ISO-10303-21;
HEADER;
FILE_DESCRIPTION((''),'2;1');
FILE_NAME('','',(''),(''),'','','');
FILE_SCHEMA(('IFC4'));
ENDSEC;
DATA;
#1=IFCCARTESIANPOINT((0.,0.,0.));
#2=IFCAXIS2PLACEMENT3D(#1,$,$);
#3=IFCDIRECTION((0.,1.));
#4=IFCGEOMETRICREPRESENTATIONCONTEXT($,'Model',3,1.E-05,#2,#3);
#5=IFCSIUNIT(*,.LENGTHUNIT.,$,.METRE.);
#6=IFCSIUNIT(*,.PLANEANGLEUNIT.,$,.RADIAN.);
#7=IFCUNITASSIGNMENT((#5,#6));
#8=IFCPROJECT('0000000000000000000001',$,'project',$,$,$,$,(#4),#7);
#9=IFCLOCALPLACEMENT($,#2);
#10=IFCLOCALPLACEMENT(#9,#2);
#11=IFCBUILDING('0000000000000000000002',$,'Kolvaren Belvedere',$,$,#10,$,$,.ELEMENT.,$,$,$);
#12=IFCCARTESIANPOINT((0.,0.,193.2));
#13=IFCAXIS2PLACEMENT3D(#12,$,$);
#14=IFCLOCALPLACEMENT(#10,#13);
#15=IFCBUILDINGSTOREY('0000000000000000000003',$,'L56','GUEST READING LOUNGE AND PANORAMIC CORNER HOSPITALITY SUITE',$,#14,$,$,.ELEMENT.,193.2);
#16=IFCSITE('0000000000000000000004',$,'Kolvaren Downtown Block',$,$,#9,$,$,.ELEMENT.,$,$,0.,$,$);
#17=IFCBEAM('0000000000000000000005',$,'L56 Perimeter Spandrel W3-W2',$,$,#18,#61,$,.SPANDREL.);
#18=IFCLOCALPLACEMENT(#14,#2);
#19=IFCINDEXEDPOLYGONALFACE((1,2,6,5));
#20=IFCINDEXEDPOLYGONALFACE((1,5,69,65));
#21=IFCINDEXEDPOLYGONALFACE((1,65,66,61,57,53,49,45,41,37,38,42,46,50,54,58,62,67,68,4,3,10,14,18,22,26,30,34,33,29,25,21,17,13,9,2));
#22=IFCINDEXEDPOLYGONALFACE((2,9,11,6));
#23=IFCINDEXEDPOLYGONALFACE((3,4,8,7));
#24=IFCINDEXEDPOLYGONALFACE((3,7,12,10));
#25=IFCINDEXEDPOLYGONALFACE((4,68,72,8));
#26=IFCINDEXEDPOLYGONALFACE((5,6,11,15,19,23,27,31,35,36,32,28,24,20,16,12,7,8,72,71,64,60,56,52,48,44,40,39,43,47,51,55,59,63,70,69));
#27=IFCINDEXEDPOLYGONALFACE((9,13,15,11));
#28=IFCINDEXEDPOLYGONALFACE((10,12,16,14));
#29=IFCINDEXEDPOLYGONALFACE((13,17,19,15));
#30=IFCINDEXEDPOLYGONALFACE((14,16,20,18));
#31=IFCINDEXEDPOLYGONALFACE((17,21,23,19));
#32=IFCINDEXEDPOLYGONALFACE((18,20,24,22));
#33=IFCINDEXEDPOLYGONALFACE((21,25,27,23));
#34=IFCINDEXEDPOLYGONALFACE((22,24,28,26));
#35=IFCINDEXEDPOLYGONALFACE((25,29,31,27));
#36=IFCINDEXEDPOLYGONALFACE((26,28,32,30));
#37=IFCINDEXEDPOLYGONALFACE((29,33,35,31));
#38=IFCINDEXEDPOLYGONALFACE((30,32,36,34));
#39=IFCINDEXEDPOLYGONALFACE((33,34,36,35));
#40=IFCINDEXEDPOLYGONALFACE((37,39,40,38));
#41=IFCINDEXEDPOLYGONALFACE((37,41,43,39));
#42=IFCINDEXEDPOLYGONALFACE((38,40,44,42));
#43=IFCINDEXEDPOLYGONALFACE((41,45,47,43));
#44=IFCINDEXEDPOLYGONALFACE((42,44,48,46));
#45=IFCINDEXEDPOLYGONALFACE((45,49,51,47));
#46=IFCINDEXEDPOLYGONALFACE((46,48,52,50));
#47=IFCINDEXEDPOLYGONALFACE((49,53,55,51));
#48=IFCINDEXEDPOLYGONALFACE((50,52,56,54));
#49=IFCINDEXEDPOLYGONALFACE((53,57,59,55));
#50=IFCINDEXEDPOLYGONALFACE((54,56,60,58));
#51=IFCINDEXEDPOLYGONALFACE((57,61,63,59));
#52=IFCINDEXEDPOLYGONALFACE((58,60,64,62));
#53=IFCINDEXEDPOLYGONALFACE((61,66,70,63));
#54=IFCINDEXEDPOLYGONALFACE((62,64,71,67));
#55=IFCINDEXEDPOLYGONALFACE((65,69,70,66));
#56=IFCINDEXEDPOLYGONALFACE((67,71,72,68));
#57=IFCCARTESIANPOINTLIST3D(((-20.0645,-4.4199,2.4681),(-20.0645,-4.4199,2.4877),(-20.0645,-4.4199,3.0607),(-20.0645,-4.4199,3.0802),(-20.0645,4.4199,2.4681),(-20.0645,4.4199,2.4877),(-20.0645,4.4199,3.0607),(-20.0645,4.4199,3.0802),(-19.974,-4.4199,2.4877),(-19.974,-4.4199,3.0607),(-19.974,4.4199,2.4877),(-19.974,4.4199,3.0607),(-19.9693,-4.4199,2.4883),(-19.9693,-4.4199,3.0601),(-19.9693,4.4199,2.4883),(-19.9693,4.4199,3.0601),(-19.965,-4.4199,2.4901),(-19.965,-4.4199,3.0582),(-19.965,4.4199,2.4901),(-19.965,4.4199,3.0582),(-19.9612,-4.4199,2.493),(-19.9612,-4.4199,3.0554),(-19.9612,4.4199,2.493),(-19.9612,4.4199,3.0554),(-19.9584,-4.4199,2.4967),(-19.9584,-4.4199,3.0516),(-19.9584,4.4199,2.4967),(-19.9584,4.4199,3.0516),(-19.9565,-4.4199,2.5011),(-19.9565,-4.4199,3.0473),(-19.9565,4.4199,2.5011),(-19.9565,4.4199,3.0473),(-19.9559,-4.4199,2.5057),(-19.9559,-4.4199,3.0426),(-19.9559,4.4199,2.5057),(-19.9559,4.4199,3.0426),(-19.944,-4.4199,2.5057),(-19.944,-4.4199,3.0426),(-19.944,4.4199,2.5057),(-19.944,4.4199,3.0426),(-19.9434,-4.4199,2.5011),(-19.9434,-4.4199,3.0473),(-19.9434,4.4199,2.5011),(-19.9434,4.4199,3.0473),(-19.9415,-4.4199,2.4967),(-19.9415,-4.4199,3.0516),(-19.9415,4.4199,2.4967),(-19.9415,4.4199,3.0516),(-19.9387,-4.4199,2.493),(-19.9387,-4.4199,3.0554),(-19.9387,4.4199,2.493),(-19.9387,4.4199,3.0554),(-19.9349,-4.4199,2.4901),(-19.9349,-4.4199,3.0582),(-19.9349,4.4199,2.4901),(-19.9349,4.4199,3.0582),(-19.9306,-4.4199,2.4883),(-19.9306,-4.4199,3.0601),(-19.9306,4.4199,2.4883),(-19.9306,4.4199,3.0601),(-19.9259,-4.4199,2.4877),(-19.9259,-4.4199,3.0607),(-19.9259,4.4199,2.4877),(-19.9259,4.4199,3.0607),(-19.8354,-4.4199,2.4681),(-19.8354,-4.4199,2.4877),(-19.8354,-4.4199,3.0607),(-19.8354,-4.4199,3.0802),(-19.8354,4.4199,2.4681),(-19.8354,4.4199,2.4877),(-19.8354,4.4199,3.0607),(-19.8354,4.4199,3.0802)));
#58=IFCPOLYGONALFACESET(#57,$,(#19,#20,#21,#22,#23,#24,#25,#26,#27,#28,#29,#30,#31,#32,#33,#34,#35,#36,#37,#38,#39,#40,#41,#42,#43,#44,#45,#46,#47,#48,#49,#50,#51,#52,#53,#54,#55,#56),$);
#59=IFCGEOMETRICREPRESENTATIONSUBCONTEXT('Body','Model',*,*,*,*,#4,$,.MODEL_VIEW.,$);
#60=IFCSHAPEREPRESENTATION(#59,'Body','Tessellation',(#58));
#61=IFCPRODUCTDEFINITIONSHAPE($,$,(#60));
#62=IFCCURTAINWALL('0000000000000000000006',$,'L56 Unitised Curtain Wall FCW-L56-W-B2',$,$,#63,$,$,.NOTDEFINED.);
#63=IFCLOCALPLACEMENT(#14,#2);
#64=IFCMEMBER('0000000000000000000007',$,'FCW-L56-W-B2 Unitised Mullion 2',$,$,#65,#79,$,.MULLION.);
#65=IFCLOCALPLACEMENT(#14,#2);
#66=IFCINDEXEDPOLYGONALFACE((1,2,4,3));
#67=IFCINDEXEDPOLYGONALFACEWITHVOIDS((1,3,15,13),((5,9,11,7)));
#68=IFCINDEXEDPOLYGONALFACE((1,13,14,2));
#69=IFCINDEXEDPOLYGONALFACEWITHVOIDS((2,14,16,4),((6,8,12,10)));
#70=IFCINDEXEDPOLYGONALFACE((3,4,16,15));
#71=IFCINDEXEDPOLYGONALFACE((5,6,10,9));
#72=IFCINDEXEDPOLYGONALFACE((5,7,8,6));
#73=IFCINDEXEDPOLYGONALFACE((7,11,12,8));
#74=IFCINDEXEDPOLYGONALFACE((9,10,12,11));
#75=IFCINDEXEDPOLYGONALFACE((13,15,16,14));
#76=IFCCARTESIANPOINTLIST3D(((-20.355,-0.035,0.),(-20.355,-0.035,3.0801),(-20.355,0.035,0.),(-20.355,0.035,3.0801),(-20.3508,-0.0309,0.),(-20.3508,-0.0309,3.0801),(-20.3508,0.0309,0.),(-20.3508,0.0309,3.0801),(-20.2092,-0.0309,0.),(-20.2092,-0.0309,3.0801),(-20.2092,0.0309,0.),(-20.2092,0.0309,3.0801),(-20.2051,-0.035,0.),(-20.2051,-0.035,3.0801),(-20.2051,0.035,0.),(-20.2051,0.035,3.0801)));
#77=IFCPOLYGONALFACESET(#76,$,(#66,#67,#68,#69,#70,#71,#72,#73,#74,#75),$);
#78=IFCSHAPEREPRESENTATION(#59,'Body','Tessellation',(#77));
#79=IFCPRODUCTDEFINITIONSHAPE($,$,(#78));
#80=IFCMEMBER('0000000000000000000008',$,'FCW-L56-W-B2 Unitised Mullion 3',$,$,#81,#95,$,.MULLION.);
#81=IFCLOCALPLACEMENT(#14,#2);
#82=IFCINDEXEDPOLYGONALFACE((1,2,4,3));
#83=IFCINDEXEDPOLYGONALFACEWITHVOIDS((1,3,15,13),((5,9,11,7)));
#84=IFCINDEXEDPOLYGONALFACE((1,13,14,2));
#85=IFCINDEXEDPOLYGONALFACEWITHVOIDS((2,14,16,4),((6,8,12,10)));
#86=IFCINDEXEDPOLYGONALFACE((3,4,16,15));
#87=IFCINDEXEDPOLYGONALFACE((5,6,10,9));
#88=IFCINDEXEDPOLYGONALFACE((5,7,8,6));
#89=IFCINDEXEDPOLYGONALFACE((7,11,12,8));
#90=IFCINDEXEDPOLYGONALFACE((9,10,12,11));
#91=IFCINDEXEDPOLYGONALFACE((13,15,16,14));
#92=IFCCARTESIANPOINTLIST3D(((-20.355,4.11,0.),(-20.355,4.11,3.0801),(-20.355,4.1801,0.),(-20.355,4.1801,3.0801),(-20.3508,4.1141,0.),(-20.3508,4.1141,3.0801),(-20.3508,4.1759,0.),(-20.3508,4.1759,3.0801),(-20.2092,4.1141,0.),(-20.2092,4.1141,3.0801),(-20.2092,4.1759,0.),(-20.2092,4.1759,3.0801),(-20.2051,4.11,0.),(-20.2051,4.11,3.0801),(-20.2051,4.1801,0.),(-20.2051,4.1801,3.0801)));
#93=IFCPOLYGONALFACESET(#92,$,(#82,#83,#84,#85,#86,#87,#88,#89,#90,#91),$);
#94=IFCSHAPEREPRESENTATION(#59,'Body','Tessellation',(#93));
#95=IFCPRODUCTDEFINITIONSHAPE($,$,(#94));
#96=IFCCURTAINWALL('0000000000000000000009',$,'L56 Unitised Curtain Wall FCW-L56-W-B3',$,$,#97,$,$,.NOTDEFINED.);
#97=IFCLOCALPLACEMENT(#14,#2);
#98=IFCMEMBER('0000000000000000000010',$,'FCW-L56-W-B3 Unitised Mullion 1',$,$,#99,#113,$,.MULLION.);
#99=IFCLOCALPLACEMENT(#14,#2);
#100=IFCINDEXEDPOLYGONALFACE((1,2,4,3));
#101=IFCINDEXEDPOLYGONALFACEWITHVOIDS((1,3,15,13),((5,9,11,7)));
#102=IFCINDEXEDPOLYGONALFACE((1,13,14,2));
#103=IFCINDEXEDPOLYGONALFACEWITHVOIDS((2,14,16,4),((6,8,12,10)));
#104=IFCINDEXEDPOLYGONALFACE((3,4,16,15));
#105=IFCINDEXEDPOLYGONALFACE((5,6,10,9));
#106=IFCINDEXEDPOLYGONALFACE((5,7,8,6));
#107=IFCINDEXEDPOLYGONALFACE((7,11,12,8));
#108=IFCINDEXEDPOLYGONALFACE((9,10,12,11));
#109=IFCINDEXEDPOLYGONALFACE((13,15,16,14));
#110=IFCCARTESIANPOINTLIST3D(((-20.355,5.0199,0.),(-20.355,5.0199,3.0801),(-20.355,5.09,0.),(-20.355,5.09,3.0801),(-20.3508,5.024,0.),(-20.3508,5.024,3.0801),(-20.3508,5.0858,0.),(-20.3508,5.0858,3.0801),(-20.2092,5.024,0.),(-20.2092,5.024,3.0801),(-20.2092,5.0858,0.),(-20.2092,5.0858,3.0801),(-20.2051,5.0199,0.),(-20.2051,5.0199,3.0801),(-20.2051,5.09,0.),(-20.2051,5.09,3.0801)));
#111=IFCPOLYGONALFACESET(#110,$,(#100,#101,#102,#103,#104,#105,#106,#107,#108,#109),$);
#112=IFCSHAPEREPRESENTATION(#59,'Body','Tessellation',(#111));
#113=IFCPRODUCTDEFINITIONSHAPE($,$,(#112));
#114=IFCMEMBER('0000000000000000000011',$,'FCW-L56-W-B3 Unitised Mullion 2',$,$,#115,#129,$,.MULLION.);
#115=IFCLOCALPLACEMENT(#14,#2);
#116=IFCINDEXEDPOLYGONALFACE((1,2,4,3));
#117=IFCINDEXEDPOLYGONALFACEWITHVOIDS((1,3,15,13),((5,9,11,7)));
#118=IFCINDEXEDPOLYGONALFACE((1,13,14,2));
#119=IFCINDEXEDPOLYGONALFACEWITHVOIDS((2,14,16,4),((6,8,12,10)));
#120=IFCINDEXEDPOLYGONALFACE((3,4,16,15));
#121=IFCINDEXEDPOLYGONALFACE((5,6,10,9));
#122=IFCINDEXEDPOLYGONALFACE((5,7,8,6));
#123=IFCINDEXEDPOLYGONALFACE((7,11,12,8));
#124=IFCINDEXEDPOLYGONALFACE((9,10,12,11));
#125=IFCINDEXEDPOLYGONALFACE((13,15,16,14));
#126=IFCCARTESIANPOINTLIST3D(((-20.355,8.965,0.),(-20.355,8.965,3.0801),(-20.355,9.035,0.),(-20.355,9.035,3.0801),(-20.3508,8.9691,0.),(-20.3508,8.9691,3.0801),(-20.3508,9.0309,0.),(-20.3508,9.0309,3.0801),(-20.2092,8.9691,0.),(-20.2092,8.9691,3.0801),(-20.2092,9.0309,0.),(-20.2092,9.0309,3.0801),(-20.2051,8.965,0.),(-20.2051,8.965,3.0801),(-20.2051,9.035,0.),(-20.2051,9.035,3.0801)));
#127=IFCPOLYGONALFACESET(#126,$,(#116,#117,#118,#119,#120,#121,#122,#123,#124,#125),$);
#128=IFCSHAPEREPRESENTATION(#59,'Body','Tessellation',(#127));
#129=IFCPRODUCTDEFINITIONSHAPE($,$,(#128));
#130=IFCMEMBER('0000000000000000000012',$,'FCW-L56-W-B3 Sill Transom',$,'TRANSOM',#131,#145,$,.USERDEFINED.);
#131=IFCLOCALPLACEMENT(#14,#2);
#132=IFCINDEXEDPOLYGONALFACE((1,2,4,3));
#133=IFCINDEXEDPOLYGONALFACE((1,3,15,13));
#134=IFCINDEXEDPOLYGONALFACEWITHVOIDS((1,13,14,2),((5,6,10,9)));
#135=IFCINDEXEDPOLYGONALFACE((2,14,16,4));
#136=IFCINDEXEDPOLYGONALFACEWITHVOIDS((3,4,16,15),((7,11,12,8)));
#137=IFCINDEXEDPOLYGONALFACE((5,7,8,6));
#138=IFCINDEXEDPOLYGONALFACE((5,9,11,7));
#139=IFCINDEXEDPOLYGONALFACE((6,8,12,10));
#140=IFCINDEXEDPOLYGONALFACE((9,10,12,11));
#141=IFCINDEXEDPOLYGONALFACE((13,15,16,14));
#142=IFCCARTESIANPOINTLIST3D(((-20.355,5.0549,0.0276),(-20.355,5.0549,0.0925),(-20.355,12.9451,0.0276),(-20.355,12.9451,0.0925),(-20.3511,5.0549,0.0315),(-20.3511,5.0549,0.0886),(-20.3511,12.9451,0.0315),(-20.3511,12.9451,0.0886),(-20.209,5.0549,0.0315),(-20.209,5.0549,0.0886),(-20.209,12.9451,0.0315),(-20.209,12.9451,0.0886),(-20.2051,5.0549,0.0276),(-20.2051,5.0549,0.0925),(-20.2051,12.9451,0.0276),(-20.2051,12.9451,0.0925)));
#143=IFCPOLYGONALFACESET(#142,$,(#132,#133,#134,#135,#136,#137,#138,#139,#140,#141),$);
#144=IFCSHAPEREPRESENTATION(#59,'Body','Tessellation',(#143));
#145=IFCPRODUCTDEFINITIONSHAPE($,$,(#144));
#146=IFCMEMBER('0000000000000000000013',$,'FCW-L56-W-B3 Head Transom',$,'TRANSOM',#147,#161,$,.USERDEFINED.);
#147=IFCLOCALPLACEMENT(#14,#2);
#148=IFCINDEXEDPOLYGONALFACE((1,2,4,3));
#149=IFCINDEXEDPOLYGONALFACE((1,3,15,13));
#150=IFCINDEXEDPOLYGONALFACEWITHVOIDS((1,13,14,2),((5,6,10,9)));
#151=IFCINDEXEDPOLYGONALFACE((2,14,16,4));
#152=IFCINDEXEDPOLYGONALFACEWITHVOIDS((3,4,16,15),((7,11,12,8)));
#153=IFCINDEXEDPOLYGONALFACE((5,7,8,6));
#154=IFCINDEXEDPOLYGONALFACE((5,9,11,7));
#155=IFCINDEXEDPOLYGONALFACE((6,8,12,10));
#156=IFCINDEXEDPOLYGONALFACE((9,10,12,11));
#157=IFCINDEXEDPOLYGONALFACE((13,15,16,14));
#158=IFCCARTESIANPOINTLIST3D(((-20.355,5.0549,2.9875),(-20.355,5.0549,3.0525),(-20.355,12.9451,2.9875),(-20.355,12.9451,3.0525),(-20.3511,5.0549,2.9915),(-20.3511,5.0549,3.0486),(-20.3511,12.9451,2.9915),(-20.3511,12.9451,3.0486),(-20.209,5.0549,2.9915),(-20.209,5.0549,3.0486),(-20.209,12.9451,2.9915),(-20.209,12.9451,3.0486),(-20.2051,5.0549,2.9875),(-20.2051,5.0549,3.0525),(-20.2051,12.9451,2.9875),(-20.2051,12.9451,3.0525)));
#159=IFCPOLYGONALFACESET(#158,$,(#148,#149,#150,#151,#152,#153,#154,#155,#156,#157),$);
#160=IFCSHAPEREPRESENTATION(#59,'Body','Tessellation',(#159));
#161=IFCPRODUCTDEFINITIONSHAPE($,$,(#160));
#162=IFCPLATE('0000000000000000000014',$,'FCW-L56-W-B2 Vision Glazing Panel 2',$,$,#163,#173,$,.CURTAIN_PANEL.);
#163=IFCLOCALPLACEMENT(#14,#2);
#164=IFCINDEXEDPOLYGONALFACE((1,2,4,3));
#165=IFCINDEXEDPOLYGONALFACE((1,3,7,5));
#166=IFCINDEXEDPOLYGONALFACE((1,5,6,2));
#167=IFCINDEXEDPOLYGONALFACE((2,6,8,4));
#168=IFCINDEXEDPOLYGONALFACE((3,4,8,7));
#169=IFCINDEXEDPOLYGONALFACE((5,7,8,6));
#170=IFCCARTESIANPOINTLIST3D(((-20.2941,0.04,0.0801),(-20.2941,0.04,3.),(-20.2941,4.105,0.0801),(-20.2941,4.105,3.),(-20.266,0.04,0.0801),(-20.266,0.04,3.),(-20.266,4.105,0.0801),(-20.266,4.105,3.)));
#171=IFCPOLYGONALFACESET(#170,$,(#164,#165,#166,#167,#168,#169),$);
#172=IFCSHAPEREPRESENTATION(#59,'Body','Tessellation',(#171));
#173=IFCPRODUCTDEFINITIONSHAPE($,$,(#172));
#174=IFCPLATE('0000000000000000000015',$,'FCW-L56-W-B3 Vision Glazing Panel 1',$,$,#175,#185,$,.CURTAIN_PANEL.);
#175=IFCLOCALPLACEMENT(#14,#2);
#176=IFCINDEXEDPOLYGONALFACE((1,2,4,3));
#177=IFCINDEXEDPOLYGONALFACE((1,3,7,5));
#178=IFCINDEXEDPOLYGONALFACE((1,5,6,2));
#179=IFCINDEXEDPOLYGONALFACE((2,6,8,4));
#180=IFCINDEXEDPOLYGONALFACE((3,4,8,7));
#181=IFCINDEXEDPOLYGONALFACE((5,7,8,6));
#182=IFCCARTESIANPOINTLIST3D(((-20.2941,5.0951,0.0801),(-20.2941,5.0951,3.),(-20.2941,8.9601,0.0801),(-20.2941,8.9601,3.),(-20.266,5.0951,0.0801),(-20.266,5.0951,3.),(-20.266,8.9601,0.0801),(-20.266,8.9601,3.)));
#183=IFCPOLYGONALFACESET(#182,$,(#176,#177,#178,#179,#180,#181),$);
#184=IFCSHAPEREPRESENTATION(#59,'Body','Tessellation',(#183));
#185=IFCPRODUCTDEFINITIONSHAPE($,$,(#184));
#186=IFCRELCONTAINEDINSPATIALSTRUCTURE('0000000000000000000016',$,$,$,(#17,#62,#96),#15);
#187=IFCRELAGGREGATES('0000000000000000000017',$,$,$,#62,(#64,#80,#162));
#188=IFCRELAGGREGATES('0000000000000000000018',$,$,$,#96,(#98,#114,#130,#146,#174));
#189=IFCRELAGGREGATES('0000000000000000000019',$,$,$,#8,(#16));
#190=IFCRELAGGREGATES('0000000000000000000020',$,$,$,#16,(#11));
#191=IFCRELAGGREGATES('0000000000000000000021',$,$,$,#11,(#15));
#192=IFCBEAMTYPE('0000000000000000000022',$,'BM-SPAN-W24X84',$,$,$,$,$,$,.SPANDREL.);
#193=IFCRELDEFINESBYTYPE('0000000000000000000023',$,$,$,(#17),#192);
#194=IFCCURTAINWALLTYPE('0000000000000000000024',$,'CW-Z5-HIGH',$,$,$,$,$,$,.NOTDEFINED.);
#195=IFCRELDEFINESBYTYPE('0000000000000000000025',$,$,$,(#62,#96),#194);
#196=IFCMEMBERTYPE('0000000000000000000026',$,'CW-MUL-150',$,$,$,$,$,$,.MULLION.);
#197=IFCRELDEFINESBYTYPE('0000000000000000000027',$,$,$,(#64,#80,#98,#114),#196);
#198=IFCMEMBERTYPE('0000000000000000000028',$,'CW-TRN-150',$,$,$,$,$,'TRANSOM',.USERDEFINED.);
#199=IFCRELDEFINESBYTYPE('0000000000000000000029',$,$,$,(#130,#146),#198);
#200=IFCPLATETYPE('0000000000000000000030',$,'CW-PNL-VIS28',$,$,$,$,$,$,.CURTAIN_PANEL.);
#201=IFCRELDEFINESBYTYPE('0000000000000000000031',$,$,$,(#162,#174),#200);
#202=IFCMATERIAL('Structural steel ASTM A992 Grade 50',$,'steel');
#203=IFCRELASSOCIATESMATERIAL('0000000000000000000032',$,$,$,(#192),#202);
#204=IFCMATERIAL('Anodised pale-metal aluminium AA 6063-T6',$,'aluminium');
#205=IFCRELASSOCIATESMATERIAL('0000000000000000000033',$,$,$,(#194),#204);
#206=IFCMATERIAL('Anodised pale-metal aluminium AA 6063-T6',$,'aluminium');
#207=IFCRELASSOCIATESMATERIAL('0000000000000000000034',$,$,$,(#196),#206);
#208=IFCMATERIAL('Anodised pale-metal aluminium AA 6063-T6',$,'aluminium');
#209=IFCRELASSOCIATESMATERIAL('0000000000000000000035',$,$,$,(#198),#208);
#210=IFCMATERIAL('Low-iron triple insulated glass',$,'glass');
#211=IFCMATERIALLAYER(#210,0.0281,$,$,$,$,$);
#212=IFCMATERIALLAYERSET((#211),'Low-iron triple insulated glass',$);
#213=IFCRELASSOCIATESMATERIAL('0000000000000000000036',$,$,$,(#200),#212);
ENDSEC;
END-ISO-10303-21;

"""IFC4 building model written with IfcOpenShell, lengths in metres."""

from ifc_helpers import new_model, si_unit, direction, frame, origin, origin_2d, place, context, subcontext, project, spatial, rectangle, hollow_rectangle, i_section, extrude, material, layer, layer_set, material_profile, profile_set, type_object, element, aggregate, save


model = new_model("IFC4")

# Units and contexts
model_context = context("Model", 3, precision=1e-05, world=origin(), true_north=direction((0.0, 1.0)))
body_context = subcontext(model_context, "Body", "Model", "MODEL_VIEW")
ifc_project = project(units=[si_unit("LENGTHUNIT", "METRE"), si_unit("PLANEANGLEUNIT", "RADIAN")], contexts=[model_context])

# Site, building, storey
site_placement = place(None, origin())
site = spatial("IfcSite", under=ifc_project, at=site_placement, Name="Kolvaren Downtown Block", CompositionType="ELEMENT", RefElevation=0.0)
building_placement = place(site_placement, origin())
building = spatial("IfcBuilding", under=site, at=building_placement, Name="Kolvaren Belvedere", CompositionType="ELEMENT")
storey_placement = place(building_placement, frame((0.0, 0.0, 193.2)))
storey = spatial("IfcBuildingStorey", under=building, at=storey_placement, Name="L56", Description="GUEST READING LOUNGE AND PANORAMIC CORNER HOSPITALITY SUITE", CompositionType="ELEMENT", Elevation=193.2)

# Beam
ifc_material_1 = material(Name="Structural steel ASTM A992 Grade 50", Category="steel")
ifc_material_profile_1 = material_profile(ifc_material_1, i_section(OverallWidth=0.229, OverallDepth=0.6121, WebThickness=0.012, FlangeThickness=0.0195, FilletRadius=0.0181, at=origin_2d()), Name="W24X84")
ifc_profile_set_1 = profile_set([ifc_material_profile_1], Name="Structural steel ASTM A992 Grade 50")
beam_type_1 = type_object("IfcBeamType", Name="BM-SPAN-W24X84", PredefinedType="SPANDREL", material=ifc_profile_set_1)
beam_1_placement = place(storey_placement, frame((-19.95, 4.4199, 2.7742), z_axis=(0.0, -1.0, 0.0), x_axis=(1.0, 0.0, 0.0)))
element("IfcBeam", 1, at=beam_1_placement, inside=storey, type_object=beam_type_1, Name="L56 Perimeter Spandrel W3-W2", PredefinedType="SPANDREL", context=body_context, shape_type="SweptSolid", body=[
    extrude(i_section(OverallWidth=0.229, OverallDepth=0.6121, WebThickness=0.012, FlangeThickness=0.0195, FilletRadius=0.0181, at=origin_2d()), origin(), (0.0, 0.0, 1.0), 8.8398),
])

# Curtain walls, members
ifc_material_2 = material(Name="Anodised pale-metal aluminium AA 6063-T6", Category="aluminium")
curtain_wall_type = type_object("IfcCurtainWallType", Name="CW-Z5-HIGH", PredefinedType="NOTDEFINED", material=ifc_material_2)
curtain_wall_1_placement = place(storey_placement, origin())
curtain_wall_1 = element("IfcCurtainWall", 2, at=curtain_wall_1_placement, inside=storey, type_object=curtain_wall_type, Name="L56 Unitised Curtain Wall FCW-L56-W-B2", PredefinedType="NOTDEFINED")
ifc_material_3 = material(Name="Anodised pale-metal aluminium AA 6063-T6", Category="aluminium")
ifc_material_profile_2 = material_profile(ifc_material_3, hollow_rectangle(XDim=0.0701, YDim=0.1499, WallThickness=0.0042, at=origin_2d()), Name="ALU-MUL-150X70")
ifc_profile_set_2 = profile_set([ifc_material_profile_2], Name="Anodised pale-metal aluminium AA 6063-T6")
member_type_1 = type_object("IfcMemberType", Name="CW-MUL-150", PredefinedType="MULLION", material=ifc_profile_set_2)
member_1_placement = place(storey_placement, frame((-20.28, 0.0, 0.0), z_axis=(0.0, 0.0, 1.0), x_axis=(0.0, 1.0, 0.0)))
member_1 = element("IfcMember", 3, at=member_1_placement, type_object=member_type_1, Name="FCW-L56-W-B2 Unitised Mullion 2", PredefinedType="MULLION", context=body_context, shape_type="SweptSolid", body=[
    extrude(hollow_rectangle(XDim=0.0701, YDim=0.1499, WallThickness=0.0042, at=origin_2d()), origin(), (0.0, 0.0, 1.0), 3.0801),
])
member_2_placement = place(storey_placement, frame((-20.28, 4.145, 0.0), z_axis=(0.0, 0.0, 1.0), x_axis=(0.0, 1.0, 0.0)))
member_2 = element("IfcMember", 4, at=member_2_placement, type_object=member_type_1, Name="FCW-L56-W-B2 Unitised Mullion 3", PredefinedType="MULLION", context=body_context, shape_type="SweptSolid", body=[
    extrude(hollow_rectangle(XDim=0.0701, YDim=0.1499, WallThickness=0.0042, at=origin_2d()), origin(), (0.0, 0.0, 1.0), 3.0801),
])
curtain_wall_2_placement = place(storey_placement, origin())
curtain_wall_2 = element("IfcCurtainWall", 5, at=curtain_wall_2_placement, inside=storey, type_object=curtain_wall_type, Name="L56 Unitised Curtain Wall FCW-L56-W-B3", PredefinedType="NOTDEFINED")
member_3_placement = place(storey_placement, frame((-20.28, 5.0549, 0.0), z_axis=(0.0, 0.0, 1.0), x_axis=(0.0, 1.0, 0.0)))
member_3 = element("IfcMember", 6, at=member_3_placement, type_object=member_type_1, Name="FCW-L56-W-B3 Unitised Mullion 1", PredefinedType="MULLION", context=body_context, shape_type="SweptSolid", body=[
    extrude(hollow_rectangle(XDim=0.0701, YDim=0.1499, WallThickness=0.0042, at=origin_2d()), origin(), (0.0, 0.0, 1.0), 3.0801),
])
member_4_placement = place(storey_placement, frame((-20.28, 9.0, 0.0), z_axis=(0.0, 0.0, 1.0), x_axis=(0.0, 1.0, 0.0)))
member_4 = element("IfcMember", 7, at=member_4_placement, type_object=member_type_1, Name="FCW-L56-W-B3 Unitised Mullion 2", PredefinedType="MULLION", context=body_context, shape_type="SweptSolid", body=[
    extrude(hollow_rectangle(XDim=0.0701, YDim=0.1499, WallThickness=0.0042, at=origin_2d()), origin(), (0.0, 0.0, 1.0), 3.0801),
])
ifc_material_4 = material(Name="Anodised pale-metal aluminium AA 6063-T6", Category="aluminium")
ifc_material_profile_3 = material_profile(ifc_material_4, hollow_rectangle(XDim=0.0649, YDim=0.1499, WallThickness=0.0039, at=origin_2d()), Name="ALU-TRN-150X65")
ifc_profile_set_3 = profile_set([ifc_material_profile_3], Name="Anodised pale-metal aluminium AA 6063-T6")
member_type_2 = type_object("IfcMemberType", Name="CW-TRN-150", ElementType="TRANSOM", PredefinedType="USERDEFINED", material=ifc_profile_set_3)
member_5_placement = place(storey_placement, frame((-20.28, 5.0549, 0.0601), z_axis=(0.0, 1.0, 0.0), x_axis=(0.0, 0.0, 1.0)))
member_5 = element("IfcMember", 8, at=member_5_placement, type_object=member_type_2, Name="FCW-L56-W-B3 Sill Transom", ObjectType="TRANSOM", PredefinedType="USERDEFINED", context=body_context, shape_type="SweptSolid", body=[
    extrude(hollow_rectangle(XDim=0.0649, YDim=0.1499, WallThickness=0.0039, at=origin_2d()), origin(), (0.0, 0.0, 1.0), 7.8901),
])
member_6_placement = place(storey_placement, frame((-20.28, 5.0549, 3.02), z_axis=(0.0, 1.0, 0.0), x_axis=(0.0, 0.0, 1.0)))
member_6 = element("IfcMember", 9, at=member_6_placement, type_object=member_type_2, Name="FCW-L56-W-B3 Head Transom", ObjectType="TRANSOM", PredefinedType="USERDEFINED", context=body_context, shape_type="SweptSolid", body=[
    extrude(hollow_rectangle(XDim=0.0649, YDim=0.1499, WallThickness=0.0039, at=origin_2d()), origin(), (0.0, 0.0, 1.0), 7.8901),
])

# Plates
ifc_material_5 = material(Name="Low-iron triple insulated glass", Category="glass")
ifc_layer_1 = layer(ifc_material_5, 0.0281)
ifc_layer_set_1 = layer_set([ifc_layer_1], Name="Low-iron triple insulated glass")
plate_type_1 = type_object("IfcPlateType", Name="CW-PNL-VIS28", PredefinedType="CURTAIN_PANEL", material=ifc_layer_set_1)
plate_1_placement = place(storey_placement, frame((-20.28, 2.0725, 0.0801), z_axis=(0.0, 0.0, 1.0), x_axis=(0.0, 1.0, 0.0)))
plate_1 = element("IfcPlate", 10, at=plate_1_placement, type_object=plate_type_1, Name="FCW-L56-W-B2 Vision Glazing Panel 2", PredefinedType="CURTAIN_PANEL", context=body_context, shape_type="SweptSolid", body=[
    extrude(rectangle(XDim=4.0649, YDim=0.0281, at=origin_2d()), origin(), (0.0, 0.0, 1.0), 2.9199),
])
aggregate(curtain_wall_1, [member_1, member_2, plate_1])
plate_2_placement = place(storey_placement, frame((-20.28, 7.0276, 0.0801), z_axis=(0.0, 0.0, 1.0), x_axis=(0.0, 1.0, 0.0)))
plate_2 = element("IfcPlate", 11, at=plate_2_placement, type_object=plate_type_1, Name="FCW-L56-W-B3 Vision Glazing Panel 1", PredefinedType="CURTAIN_PANEL", context=body_context, shape_type="SweptSolid", body=[
    extrude(rectangle(XDim=3.865, YDim=0.0281, at=origin_2d()), origin(), (0.0, 0.0, 1.0), 2.9199),
])
aggregate(curtain_wall_2, [member_3, member_4, member_5, member_6, plate_2])

save(model, "model.ifc")
